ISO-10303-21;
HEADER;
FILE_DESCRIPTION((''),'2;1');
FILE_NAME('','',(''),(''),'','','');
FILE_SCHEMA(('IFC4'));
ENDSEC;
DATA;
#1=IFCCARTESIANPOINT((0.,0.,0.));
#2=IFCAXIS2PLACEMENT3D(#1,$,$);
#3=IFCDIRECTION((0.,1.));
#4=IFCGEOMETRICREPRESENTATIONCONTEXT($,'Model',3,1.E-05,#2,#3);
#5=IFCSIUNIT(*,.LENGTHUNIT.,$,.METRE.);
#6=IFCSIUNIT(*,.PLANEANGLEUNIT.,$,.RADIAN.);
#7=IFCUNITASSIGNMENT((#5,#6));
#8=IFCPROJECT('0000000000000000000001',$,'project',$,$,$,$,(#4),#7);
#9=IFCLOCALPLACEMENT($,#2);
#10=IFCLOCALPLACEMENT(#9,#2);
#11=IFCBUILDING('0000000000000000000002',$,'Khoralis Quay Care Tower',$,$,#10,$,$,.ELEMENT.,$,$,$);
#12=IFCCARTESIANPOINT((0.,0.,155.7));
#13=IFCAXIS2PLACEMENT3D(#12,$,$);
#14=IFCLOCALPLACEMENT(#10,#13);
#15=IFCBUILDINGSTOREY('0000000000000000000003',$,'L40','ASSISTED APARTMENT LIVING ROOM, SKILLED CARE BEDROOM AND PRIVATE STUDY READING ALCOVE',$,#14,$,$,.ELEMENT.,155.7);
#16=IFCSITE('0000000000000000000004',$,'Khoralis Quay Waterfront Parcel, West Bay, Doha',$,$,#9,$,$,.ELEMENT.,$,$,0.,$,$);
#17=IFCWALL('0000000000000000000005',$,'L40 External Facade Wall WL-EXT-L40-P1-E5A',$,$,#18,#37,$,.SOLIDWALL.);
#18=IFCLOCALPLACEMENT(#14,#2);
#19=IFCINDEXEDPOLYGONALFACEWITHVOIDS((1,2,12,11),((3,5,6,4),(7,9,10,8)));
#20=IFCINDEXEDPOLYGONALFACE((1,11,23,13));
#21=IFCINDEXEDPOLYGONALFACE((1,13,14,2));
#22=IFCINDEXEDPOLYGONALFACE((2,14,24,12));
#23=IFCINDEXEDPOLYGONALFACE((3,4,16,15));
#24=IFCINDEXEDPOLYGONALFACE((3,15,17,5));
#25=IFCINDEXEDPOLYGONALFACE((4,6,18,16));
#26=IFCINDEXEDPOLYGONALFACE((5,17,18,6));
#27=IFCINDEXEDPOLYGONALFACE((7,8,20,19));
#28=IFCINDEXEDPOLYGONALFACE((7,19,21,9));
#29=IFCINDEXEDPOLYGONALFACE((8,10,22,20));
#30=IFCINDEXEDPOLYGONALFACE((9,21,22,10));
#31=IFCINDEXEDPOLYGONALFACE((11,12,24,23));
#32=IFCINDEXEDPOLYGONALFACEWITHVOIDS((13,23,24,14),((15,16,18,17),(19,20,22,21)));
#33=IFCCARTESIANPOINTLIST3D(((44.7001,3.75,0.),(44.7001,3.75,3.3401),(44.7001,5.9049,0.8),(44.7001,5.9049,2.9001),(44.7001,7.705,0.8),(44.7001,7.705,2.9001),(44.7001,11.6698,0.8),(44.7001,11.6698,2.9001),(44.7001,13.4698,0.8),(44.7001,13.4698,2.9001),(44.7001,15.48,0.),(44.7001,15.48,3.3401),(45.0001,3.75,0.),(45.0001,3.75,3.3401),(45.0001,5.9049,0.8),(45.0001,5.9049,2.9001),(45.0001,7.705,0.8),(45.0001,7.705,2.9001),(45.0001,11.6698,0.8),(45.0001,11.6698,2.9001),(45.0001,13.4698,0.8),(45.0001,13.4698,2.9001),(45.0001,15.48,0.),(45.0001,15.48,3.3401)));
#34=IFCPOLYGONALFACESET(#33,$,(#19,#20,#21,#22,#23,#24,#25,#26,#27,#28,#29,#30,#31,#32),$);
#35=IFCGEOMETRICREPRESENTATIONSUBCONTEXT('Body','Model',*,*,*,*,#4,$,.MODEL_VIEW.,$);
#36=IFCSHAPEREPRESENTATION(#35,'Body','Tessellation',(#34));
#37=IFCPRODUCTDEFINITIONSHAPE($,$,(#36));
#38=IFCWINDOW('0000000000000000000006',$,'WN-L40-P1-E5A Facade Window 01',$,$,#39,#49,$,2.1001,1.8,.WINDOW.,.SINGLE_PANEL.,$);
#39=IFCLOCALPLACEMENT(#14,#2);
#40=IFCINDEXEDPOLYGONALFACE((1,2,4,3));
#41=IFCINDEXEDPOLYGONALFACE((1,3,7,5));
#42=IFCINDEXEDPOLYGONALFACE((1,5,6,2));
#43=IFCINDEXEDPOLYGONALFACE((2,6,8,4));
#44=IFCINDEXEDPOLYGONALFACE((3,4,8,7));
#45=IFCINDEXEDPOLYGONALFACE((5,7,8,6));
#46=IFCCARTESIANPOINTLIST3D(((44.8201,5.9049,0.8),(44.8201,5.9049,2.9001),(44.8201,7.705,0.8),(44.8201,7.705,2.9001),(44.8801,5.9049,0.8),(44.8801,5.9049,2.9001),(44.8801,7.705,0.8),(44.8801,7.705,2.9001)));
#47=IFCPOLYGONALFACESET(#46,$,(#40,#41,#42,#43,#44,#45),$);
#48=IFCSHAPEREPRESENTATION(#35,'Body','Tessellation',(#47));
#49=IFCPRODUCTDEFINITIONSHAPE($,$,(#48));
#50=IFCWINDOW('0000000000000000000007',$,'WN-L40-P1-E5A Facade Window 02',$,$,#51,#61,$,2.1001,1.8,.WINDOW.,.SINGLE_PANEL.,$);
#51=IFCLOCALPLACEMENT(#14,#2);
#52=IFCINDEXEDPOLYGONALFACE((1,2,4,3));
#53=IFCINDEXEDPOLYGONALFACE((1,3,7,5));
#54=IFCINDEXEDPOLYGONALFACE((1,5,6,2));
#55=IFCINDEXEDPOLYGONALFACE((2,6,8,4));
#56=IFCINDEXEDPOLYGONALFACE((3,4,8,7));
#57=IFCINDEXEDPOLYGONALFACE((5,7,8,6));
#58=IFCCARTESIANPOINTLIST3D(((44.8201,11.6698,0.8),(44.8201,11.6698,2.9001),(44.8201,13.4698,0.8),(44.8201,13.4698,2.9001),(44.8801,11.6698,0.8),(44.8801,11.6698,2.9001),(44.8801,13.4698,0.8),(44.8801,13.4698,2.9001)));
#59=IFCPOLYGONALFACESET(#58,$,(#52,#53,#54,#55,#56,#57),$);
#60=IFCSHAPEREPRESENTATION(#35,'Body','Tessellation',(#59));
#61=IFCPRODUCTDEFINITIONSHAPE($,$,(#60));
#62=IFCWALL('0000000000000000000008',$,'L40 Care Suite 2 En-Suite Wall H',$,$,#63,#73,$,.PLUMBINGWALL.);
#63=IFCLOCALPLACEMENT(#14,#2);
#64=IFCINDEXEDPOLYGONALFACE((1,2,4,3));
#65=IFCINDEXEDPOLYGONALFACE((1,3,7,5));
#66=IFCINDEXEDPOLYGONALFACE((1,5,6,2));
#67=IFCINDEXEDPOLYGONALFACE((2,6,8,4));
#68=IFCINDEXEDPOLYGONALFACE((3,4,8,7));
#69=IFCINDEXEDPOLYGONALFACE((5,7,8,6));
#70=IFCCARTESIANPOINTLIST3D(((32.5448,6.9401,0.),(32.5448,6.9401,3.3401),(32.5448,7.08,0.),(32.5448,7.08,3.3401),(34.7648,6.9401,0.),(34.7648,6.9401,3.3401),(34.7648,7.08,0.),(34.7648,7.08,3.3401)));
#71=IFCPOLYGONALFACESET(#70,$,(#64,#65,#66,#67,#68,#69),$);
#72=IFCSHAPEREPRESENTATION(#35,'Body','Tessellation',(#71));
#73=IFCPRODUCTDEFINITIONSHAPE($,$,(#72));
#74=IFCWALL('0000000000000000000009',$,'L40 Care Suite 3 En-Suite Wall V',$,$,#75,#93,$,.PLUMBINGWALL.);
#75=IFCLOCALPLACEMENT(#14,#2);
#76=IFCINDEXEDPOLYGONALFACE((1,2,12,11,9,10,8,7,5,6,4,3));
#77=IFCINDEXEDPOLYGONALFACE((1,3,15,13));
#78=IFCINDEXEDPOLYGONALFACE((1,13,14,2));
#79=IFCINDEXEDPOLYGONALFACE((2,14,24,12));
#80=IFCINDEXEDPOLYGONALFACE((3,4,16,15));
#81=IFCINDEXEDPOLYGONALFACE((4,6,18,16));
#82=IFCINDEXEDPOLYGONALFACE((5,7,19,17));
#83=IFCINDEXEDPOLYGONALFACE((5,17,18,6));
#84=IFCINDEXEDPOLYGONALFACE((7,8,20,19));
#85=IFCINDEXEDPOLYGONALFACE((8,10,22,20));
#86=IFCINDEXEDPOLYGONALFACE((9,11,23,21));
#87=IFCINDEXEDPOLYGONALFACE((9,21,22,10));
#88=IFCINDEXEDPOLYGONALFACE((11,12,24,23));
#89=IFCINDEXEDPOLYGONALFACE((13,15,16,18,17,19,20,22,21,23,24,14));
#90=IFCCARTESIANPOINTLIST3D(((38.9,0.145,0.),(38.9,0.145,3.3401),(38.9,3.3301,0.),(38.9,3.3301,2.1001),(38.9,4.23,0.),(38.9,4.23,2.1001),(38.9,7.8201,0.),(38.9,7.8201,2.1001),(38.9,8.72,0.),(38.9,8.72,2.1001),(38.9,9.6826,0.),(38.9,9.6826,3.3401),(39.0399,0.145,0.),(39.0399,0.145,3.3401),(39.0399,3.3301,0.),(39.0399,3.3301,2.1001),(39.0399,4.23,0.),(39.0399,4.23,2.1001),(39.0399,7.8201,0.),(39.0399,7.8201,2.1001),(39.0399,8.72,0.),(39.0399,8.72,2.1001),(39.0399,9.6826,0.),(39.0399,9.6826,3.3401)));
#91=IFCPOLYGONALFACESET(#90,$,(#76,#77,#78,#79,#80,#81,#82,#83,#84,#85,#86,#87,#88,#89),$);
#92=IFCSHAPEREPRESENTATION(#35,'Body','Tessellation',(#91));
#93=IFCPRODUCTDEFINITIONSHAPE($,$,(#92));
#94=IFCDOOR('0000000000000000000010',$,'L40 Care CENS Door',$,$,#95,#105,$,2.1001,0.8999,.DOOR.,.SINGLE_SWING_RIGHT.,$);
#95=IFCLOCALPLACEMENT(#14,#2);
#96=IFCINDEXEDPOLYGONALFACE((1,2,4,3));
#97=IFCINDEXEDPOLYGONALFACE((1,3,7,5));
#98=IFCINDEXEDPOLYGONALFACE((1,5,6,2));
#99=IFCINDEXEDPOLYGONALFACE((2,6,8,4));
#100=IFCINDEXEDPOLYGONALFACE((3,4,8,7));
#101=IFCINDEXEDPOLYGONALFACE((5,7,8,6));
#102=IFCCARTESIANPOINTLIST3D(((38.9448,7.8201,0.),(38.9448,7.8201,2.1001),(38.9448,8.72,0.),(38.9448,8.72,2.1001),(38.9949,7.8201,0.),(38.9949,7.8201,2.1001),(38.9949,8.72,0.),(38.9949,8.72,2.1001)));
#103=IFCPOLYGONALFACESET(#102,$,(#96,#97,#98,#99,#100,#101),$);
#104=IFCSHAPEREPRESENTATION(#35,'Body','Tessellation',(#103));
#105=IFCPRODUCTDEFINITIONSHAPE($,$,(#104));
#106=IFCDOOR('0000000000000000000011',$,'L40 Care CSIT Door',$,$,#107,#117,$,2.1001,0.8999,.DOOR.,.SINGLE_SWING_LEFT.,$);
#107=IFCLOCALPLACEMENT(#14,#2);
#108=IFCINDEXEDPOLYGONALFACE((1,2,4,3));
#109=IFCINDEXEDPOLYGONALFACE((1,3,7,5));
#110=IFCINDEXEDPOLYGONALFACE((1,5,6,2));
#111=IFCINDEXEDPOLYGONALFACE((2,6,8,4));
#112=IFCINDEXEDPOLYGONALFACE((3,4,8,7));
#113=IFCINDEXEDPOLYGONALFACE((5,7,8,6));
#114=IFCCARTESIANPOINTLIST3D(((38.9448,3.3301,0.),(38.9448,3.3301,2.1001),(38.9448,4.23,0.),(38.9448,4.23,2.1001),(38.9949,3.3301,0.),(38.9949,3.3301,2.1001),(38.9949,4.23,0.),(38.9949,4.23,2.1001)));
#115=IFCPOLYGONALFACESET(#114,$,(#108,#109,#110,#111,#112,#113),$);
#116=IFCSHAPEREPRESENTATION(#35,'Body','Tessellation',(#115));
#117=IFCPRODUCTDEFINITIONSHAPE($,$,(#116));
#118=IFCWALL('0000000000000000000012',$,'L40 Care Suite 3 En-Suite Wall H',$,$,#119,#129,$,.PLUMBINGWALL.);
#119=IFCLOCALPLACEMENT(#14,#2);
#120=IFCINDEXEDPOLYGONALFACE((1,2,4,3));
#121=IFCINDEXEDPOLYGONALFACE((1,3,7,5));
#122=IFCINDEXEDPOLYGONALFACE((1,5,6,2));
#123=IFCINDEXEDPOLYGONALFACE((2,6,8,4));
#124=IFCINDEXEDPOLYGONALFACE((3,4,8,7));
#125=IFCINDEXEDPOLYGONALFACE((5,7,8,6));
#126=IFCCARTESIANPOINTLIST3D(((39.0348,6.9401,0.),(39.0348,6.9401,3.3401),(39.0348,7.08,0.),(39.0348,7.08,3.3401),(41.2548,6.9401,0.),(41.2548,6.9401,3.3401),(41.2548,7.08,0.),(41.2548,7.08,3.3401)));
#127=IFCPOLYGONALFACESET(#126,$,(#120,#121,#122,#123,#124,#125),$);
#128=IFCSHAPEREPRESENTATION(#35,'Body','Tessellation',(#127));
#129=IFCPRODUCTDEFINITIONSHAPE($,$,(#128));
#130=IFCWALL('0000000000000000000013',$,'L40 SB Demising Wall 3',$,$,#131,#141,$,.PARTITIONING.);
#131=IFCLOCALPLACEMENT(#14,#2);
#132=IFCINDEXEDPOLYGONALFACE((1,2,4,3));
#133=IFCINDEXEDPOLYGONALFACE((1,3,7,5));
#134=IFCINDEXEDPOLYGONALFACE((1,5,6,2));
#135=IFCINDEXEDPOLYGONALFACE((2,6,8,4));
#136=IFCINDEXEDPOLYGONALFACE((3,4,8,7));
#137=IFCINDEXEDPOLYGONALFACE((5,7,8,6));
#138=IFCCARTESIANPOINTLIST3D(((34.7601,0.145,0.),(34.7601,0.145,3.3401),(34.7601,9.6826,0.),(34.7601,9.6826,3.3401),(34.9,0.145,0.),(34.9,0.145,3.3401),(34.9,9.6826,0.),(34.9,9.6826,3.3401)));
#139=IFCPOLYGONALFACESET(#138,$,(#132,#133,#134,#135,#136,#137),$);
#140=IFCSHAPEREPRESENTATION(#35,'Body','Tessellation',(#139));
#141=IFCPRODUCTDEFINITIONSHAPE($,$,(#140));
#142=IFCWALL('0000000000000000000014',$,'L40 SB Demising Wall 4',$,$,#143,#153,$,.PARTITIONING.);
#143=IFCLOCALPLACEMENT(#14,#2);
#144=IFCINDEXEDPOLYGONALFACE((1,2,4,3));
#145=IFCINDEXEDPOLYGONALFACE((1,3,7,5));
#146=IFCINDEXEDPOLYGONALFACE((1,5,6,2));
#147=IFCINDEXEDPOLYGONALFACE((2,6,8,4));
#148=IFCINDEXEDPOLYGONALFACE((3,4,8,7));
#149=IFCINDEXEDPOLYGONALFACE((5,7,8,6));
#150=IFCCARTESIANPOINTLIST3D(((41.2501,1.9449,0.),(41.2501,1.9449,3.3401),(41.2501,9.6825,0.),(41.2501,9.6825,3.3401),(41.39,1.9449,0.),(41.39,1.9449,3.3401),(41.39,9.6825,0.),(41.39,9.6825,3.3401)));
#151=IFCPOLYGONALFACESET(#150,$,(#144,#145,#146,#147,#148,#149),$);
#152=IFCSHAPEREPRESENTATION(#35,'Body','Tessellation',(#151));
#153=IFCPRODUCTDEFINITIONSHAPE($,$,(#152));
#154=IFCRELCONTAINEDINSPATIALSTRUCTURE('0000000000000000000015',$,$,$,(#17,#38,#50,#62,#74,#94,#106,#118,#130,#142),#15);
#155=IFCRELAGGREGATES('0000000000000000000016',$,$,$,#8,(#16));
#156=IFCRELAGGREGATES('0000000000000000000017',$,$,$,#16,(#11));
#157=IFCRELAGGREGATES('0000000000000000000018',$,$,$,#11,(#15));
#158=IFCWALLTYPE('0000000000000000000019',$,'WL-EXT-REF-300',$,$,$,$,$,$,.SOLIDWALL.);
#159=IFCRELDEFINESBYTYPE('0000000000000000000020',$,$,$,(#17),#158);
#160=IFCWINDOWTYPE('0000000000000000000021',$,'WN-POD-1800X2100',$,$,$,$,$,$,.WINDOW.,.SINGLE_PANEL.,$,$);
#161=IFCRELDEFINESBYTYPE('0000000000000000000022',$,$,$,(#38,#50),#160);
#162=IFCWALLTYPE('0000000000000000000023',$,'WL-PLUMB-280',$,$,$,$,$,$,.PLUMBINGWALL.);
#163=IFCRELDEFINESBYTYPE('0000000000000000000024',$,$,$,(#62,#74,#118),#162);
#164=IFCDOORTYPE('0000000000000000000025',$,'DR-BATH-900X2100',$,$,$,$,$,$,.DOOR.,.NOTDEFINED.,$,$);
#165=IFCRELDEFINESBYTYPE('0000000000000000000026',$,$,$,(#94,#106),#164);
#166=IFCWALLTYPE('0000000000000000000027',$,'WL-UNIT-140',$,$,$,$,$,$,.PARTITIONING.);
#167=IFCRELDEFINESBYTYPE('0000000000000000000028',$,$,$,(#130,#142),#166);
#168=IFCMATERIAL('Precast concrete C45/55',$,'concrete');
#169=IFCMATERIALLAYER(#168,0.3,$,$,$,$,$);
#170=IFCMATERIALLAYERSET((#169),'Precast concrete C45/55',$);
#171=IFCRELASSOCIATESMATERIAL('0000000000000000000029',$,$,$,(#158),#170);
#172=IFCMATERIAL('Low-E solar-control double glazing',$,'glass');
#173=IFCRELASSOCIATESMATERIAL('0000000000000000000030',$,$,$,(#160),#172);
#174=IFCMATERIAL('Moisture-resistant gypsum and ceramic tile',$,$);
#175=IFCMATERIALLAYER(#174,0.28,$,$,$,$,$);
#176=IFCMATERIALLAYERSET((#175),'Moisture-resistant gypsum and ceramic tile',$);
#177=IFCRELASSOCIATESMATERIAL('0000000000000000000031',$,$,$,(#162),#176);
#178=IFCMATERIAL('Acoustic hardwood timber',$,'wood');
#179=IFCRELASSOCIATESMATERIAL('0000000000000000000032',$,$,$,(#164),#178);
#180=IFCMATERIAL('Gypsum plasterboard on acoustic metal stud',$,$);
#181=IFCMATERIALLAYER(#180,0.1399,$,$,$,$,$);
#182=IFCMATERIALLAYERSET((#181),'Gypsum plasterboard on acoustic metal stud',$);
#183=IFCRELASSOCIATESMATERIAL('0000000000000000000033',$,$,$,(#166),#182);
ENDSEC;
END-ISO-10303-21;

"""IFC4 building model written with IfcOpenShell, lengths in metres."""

from ifc_helpers import new_model, si_unit, direction, frame, frame_2d, origin, place, context, subcontext, project, spatial, rectangle, extrude, source, transform, mapped, material, layer, layer_set, type_object, element, fill, save


model = new_model("IFC4")

# Units and contexts
model_context = context("Model", 3, precision=1e-05, world=origin(), true_north=direction((0.0, 1.0)))
body_context = subcontext(model_context, "Body", "Model", "MODEL_VIEW")
ifc_project = project(units=[si_unit("LENGTHUNIT", "METRE"), si_unit("PLANEANGLEUNIT", "RADIAN")], contexts=[model_context])

# Site, building, storey
site_placement = place(None, origin())
site = spatial("IfcSite", under=ifc_project, at=site_placement, Name="Khoralis Quay Waterfront Parcel, West Bay, Doha", CompositionType="ELEMENT", RefElevation=0.0)
building_placement = place(site_placement, origin())
building = spatial("IfcBuilding", under=site, at=building_placement, Name="Khoralis Quay Care Tower", CompositionType="ELEMENT")
storey_placement = place(building_placement, frame((0.0, 0.0, 155.7)))
storey = spatial("IfcBuildingStorey", under=building, at=storey_placement, Name="L40", Description="ASSISTED APARTMENT LIVING ROOM, SKILLED CARE BEDROOM AND PRIVATE STUDY READING ALCOVE", CompositionType="ELEMENT", Elevation=155.7)

# Shared definitions
ifc_material_1 = material(Name="Gypsum plasterboard on acoustic metal stud")

# Shared definitions
ifc_material_2 = material(Name="Acoustic hardwood timber", Category="wood")

# Shared definitions
ifc_material_3 = material(Name="Precast concrete C45/55", Category="concrete")
ifc_layer_1 = layer(ifc_material_3, 0.3)
ifc_layer_set_1 = layer_set([ifc_layer_1], Name="Precast concrete C45/55")
wall_type_1 = type_object("IfcWallType", Name="WL-EXT-REF-300", PredefinedType="SOLIDWALL", material=ifc_layer_set_1)

# Wall, openings, windows
wall_1_placement = place(storey_placement, frame((44.8501, 3.75, 0.0), z_axis=(0.0, 0.0, 1.0), x_axis=(0.0, 1.0, 0.0)))
wall_1 = element("IfcWall", 1, at=wall_1_placement, inside=storey, type_object=wall_type_1, Name="L40 External Facade Wall WL-EXT-L40-P1-E5A", PredefinedType="SOLIDWALL", context=body_context, shape_type="SweptSolid", body=[
    extrude(rectangle(XDim=11.73, YDim=0.3, at=frame_2d((5.865, 0.0))), origin(), (0.0, 0.0, 1.0), 3.3401),
])
opening_1_placement = place(wall_1_placement, frame((2.155, 0.0, 0.8)))
opening_1 = element("IfcOpeningElement", 2, at=opening_1_placement, cuts=wall_1, PredefinedType="OPENING", context=body_context, shape_type="SweptSolid", body=[
    extrude(rectangle(XDim=1.8, YDim=2.1001, at=frame_2d((0.8999, 1.05))), frame((0.0, 0.1602, 0.0), z_axis=(0.0, -1.0, 0.0), x_axis=(1.0, 0.0, 0.0)), (0.0, 0.0, 1.0), 0.3201),
])
opening_2_placement = place(wall_1_placement, frame((7.9199, 0.0, 0.8)))
opening_2 = element("IfcOpeningElement", 3, at=opening_2_placement, cuts=wall_1, PredefinedType="OPENING", context=body_context, shape_type="SweptSolid", body=[
    extrude(rectangle(XDim=1.8, YDim=2.1001, at=frame_2d((0.8999, 1.05))), frame((0.0, 0.1602, 0.0), z_axis=(0.0, -1.0, 0.0), x_axis=(1.0, 0.0, 0.0)), (0.0, 0.0, 1.0), 0.3201),
])
ifc_material_4 = material(Name="Low-E solar-control double glazing", Category="glass")
window_type = type_object("IfcWindowType", Name="WN-POD-1800X2100", PartitioningType="SINGLE_PANEL", PredefinedType="WINDOW", material=ifc_material_4)
shared_shape_1 = source(origin(), body_context, "Body", "SweptSolid", [
    extrude(rectangle(XDim=1.8, YDim=2.1001, at=frame_2d((0.8999, 1.05))), frame((0.0, 0.03, 0.0), z_axis=(0.0, -1.0, 0.0), x_axis=(1.0, 0.0, 0.0)), (0.0, 0.0, 1.0), 0.0601),
])
window_1_placement = place(opening_1_placement, origin())
window_1 = element("IfcWindow", 4, at=window_1_placement, inside=storey, type_object=window_type, Name="WN-L40-P1-E5A Facade Window 01", OverallHeight=2.1001, OverallWidth=1.8, PartitioningType="SINGLE_PANEL", PredefinedType="WINDOW", context=body_context, shape_type="MappedRepresentation", body=[
    mapped(shared_shape_1, transform((0.0, 0.0, 0.0), scale=1.0)),
])
fill(opening_1, window_1)
window_2_placement = place(opening_2_placement, origin())
window_2 = element("IfcWindow", 5, at=window_2_placement, inside=storey, type_object=window_type, Name="WN-L40-P1-E5A Facade Window 02", OverallHeight=2.1001, OverallWidth=1.8, PartitioningType="SINGLE_PANEL", PredefinedType="WINDOW", context=body_context, shape_type="MappedRepresentation", body=[
    mapped(shared_shape_1, transform((0.0, 0.0, 0.0), scale=1.0)),
])
fill(opening_2, window_2)

# Wall
ifc_material_5 = material(Name="Moisture-resistant gypsum and ceramic tile")
ifc_layer_2 = layer(ifc_material_5, 0.28)
ifc_layer_set_2 = layer_set([ifc_layer_2], Name="Moisture-resistant gypsum and ceramic tile")
wall_type_2 = type_object("IfcWallType", Name="WL-PLUMB-280", PredefinedType="PLUMBINGWALL", material=ifc_layer_set_2)
wall_2_placement = place(storey_placement, frame((32.5449, 7.01, 0.0), z_axis=(0.0, 0.0, 1.0), x_axis=(1.0, 0.0, 0.0)))
element("IfcWall", 6, at=wall_2_placement, inside=storey, type_object=wall_type_2, Name="L40 Care Suite 2 En-Suite Wall H", PredefinedType="PLUMBINGWALL", context=body_context, shape_type="SweptSolid", body=[
    extrude(rectangle(XDim=2.22, YDim=0.1399, at=frame_2d((1.1099, 0.0))), origin(), (0.0, 0.0, 1.0), 3.3401),
])

# Wall, openings, doors
wall_3_placement = place(storey_placement, frame((38.97, 0.145, 0.0), z_axis=(0.0, 0.0, 1.0), x_axis=(0.0, 1.0, 0.0)))
wall_3 = element("IfcWall", 7, at=wall_3_placement, inside=storey, type_object=wall_type_2, Name="L40 Care Suite 3 En-Suite Wall V", PredefinedType="PLUMBINGWALL", context=body_context, shape_type="SweptSolid", body=[
    extrude(rectangle(XDim=9.5376, YDim=0.1399, at=frame_2d((4.7688, 0.0))), origin(), (0.0, 0.0, 1.0), 3.3401),
])
opening_3_placement = place(wall_3_placement, frame((7.675, 0.0, 0.0)))
opening_3 = element("IfcOpeningElement", 8, at=opening_3_placement, cuts=wall_3, PredefinedType="OPENING", context=body_context, shape_type="SweptSolid", body=[
    extrude(rectangle(XDim=0.8999, YDim=2.1001, at=frame_2d((0.45, 1.05))), frame((0.0, 0.0801, 0.0), z_axis=(0.0, -1.0, 0.0), x_axis=(1.0, 0.0, 0.0)), (0.0, 0.0, 1.0), 0.1599),
])
opening_4_placement = place(wall_3_placement, frame((3.1851, 0.0, 0.0)))
opening_4 = element("IfcOpeningElement", 9, at=opening_4_placement, cuts=wall_3, PredefinedType="OPENING", context=body_context, shape_type="SweptSolid", body=[
    extrude(rectangle(XDim=0.8999, YDim=2.1001, at=frame_2d((0.45, 1.05))), frame((0.0, 0.0801, 0.0), z_axis=(0.0, -1.0, 0.0), x_axis=(1.0, 0.0, 0.0)), (0.0, 0.0, 1.0), 0.1599),
])
door_type_1 = type_object("IfcDoorType", Name="DR-BATH-900X2100", OperationType="NOTDEFINED", PredefinedType="DOOR", material=ifc_material_2)
shared_shape_2 = source(origin(), body_context, "Body", "SweptSolid", [
    extrude(rectangle(XDim=0.8999, YDim=2.1001, at=frame_2d((0.45, 1.05))), frame((0.0, 0.0249, 0.0), z_axis=(0.0, -1.0, 0.0), x_axis=(1.0, 0.0, 0.0)), (0.0, 0.0, 1.0), 0.05),
])
door_1_placement = place(opening_3_placement, frame((0.8999, 0.0, 0.0), z_axis=(0.0, 0.0, 1.0), x_axis=(-1.0, 0.0, 0.0)))
door_1 = element("IfcDoor", 10, at=door_1_placement, inside=storey, type_object=door_type_1, Name="L40 Care CENS Door", OperationType="SINGLE_SWING_RIGHT", OverallHeight=2.1001, OverallWidth=0.8999, PredefinedType="DOOR", context=body_context, shape_type="MappedRepresentation", body=[
    mapped(shared_shape_2, transform((0.0, 0.0, 0.0), scale=1.0)),
])
fill(opening_3, door_1)
door_2_placement = place(opening_4_placement, frame((0.8999, 0.0, 0.0), z_axis=(0.0, 0.0, 1.0), x_axis=(-1.0, 0.0, 0.0)))
door_2 = element("IfcDoor", 11, at=door_2_placement, inside=storey, type_object=door_type_1, Name="L40 Care CSIT Door", OperationType="SINGLE_SWING_LEFT", OverallHeight=2.1001, OverallWidth=0.8999, PredefinedType="DOOR", context=body_context, shape_type="MappedRepresentation", body=[
    mapped(shared_shape_2, transform((0.0, 0.0, 0.0), scale=1.0)),
])
fill(opening_4, door_2)

# Walls
wall_4_placement = place(storey_placement, frame((39.0349, 7.01, 0.0), z_axis=(0.0, 0.0, 1.0), x_axis=(1.0, 0.0, 0.0)))
element("IfcWall", 12, at=wall_4_placement, inside=storey, type_object=wall_type_2, Name="L40 Care Suite 3 En-Suite Wall H", PredefinedType="PLUMBINGWALL", context=body_context, shape_type="SweptSolid", body=[
    extrude(rectangle(XDim=2.22, YDim=0.1399, at=frame_2d((1.1099, 0.0))), origin(), (0.0, 0.0, 1.0), 3.3401),
])
ifc_layer_3 = layer(ifc_material_1, 0.1399)
ifc_layer_set_3 = layer_set([ifc_layer_3], Name="Gypsum plasterboard on acoustic metal stud")
wall_type_3 = type_object("IfcWallType", Name="WL-UNIT-140", PredefinedType="PARTITIONING", material=ifc_layer_set_3)
wall_5_placement = place(storey_placement, frame((34.8301, 0.145, 0.0), z_axis=(0.0, 0.0, 1.0), x_axis=(0.0, 1.0, 0.0)))
element("IfcWall", 13, at=wall_5_placement, inside=storey, type_object=wall_type_3, Name="L40 SB Demising Wall 3", PredefinedType="PARTITIONING", context=body_context, shape_type="SweptSolid", body=[
    extrude(rectangle(XDim=9.5376, YDim=0.1399, at=frame_2d((4.7688, 0.0))), origin(), (0.0, 0.0, 1.0), 3.3401),
])
wall_6_placement = place(storey_placement, frame((41.3201, 1.9451, 0.0), z_axis=(0.0, 0.0, 1.0), x_axis=(0.0, 1.0, 0.0)))
element("IfcWall", 14, at=wall_6_placement, inside=storey, type_object=wall_type_3, Name="L40 SB Demising Wall 4", PredefinedType="PARTITIONING", context=body_context, shape_type="SweptSolid", body=[
    extrude(rectangle(XDim=7.7375, YDim=0.1399, at=frame_2d((3.8687, 0.0))), origin(), (0.0, 0.0, 1.0), 3.3401),
])

save(model, "model.ifc")
